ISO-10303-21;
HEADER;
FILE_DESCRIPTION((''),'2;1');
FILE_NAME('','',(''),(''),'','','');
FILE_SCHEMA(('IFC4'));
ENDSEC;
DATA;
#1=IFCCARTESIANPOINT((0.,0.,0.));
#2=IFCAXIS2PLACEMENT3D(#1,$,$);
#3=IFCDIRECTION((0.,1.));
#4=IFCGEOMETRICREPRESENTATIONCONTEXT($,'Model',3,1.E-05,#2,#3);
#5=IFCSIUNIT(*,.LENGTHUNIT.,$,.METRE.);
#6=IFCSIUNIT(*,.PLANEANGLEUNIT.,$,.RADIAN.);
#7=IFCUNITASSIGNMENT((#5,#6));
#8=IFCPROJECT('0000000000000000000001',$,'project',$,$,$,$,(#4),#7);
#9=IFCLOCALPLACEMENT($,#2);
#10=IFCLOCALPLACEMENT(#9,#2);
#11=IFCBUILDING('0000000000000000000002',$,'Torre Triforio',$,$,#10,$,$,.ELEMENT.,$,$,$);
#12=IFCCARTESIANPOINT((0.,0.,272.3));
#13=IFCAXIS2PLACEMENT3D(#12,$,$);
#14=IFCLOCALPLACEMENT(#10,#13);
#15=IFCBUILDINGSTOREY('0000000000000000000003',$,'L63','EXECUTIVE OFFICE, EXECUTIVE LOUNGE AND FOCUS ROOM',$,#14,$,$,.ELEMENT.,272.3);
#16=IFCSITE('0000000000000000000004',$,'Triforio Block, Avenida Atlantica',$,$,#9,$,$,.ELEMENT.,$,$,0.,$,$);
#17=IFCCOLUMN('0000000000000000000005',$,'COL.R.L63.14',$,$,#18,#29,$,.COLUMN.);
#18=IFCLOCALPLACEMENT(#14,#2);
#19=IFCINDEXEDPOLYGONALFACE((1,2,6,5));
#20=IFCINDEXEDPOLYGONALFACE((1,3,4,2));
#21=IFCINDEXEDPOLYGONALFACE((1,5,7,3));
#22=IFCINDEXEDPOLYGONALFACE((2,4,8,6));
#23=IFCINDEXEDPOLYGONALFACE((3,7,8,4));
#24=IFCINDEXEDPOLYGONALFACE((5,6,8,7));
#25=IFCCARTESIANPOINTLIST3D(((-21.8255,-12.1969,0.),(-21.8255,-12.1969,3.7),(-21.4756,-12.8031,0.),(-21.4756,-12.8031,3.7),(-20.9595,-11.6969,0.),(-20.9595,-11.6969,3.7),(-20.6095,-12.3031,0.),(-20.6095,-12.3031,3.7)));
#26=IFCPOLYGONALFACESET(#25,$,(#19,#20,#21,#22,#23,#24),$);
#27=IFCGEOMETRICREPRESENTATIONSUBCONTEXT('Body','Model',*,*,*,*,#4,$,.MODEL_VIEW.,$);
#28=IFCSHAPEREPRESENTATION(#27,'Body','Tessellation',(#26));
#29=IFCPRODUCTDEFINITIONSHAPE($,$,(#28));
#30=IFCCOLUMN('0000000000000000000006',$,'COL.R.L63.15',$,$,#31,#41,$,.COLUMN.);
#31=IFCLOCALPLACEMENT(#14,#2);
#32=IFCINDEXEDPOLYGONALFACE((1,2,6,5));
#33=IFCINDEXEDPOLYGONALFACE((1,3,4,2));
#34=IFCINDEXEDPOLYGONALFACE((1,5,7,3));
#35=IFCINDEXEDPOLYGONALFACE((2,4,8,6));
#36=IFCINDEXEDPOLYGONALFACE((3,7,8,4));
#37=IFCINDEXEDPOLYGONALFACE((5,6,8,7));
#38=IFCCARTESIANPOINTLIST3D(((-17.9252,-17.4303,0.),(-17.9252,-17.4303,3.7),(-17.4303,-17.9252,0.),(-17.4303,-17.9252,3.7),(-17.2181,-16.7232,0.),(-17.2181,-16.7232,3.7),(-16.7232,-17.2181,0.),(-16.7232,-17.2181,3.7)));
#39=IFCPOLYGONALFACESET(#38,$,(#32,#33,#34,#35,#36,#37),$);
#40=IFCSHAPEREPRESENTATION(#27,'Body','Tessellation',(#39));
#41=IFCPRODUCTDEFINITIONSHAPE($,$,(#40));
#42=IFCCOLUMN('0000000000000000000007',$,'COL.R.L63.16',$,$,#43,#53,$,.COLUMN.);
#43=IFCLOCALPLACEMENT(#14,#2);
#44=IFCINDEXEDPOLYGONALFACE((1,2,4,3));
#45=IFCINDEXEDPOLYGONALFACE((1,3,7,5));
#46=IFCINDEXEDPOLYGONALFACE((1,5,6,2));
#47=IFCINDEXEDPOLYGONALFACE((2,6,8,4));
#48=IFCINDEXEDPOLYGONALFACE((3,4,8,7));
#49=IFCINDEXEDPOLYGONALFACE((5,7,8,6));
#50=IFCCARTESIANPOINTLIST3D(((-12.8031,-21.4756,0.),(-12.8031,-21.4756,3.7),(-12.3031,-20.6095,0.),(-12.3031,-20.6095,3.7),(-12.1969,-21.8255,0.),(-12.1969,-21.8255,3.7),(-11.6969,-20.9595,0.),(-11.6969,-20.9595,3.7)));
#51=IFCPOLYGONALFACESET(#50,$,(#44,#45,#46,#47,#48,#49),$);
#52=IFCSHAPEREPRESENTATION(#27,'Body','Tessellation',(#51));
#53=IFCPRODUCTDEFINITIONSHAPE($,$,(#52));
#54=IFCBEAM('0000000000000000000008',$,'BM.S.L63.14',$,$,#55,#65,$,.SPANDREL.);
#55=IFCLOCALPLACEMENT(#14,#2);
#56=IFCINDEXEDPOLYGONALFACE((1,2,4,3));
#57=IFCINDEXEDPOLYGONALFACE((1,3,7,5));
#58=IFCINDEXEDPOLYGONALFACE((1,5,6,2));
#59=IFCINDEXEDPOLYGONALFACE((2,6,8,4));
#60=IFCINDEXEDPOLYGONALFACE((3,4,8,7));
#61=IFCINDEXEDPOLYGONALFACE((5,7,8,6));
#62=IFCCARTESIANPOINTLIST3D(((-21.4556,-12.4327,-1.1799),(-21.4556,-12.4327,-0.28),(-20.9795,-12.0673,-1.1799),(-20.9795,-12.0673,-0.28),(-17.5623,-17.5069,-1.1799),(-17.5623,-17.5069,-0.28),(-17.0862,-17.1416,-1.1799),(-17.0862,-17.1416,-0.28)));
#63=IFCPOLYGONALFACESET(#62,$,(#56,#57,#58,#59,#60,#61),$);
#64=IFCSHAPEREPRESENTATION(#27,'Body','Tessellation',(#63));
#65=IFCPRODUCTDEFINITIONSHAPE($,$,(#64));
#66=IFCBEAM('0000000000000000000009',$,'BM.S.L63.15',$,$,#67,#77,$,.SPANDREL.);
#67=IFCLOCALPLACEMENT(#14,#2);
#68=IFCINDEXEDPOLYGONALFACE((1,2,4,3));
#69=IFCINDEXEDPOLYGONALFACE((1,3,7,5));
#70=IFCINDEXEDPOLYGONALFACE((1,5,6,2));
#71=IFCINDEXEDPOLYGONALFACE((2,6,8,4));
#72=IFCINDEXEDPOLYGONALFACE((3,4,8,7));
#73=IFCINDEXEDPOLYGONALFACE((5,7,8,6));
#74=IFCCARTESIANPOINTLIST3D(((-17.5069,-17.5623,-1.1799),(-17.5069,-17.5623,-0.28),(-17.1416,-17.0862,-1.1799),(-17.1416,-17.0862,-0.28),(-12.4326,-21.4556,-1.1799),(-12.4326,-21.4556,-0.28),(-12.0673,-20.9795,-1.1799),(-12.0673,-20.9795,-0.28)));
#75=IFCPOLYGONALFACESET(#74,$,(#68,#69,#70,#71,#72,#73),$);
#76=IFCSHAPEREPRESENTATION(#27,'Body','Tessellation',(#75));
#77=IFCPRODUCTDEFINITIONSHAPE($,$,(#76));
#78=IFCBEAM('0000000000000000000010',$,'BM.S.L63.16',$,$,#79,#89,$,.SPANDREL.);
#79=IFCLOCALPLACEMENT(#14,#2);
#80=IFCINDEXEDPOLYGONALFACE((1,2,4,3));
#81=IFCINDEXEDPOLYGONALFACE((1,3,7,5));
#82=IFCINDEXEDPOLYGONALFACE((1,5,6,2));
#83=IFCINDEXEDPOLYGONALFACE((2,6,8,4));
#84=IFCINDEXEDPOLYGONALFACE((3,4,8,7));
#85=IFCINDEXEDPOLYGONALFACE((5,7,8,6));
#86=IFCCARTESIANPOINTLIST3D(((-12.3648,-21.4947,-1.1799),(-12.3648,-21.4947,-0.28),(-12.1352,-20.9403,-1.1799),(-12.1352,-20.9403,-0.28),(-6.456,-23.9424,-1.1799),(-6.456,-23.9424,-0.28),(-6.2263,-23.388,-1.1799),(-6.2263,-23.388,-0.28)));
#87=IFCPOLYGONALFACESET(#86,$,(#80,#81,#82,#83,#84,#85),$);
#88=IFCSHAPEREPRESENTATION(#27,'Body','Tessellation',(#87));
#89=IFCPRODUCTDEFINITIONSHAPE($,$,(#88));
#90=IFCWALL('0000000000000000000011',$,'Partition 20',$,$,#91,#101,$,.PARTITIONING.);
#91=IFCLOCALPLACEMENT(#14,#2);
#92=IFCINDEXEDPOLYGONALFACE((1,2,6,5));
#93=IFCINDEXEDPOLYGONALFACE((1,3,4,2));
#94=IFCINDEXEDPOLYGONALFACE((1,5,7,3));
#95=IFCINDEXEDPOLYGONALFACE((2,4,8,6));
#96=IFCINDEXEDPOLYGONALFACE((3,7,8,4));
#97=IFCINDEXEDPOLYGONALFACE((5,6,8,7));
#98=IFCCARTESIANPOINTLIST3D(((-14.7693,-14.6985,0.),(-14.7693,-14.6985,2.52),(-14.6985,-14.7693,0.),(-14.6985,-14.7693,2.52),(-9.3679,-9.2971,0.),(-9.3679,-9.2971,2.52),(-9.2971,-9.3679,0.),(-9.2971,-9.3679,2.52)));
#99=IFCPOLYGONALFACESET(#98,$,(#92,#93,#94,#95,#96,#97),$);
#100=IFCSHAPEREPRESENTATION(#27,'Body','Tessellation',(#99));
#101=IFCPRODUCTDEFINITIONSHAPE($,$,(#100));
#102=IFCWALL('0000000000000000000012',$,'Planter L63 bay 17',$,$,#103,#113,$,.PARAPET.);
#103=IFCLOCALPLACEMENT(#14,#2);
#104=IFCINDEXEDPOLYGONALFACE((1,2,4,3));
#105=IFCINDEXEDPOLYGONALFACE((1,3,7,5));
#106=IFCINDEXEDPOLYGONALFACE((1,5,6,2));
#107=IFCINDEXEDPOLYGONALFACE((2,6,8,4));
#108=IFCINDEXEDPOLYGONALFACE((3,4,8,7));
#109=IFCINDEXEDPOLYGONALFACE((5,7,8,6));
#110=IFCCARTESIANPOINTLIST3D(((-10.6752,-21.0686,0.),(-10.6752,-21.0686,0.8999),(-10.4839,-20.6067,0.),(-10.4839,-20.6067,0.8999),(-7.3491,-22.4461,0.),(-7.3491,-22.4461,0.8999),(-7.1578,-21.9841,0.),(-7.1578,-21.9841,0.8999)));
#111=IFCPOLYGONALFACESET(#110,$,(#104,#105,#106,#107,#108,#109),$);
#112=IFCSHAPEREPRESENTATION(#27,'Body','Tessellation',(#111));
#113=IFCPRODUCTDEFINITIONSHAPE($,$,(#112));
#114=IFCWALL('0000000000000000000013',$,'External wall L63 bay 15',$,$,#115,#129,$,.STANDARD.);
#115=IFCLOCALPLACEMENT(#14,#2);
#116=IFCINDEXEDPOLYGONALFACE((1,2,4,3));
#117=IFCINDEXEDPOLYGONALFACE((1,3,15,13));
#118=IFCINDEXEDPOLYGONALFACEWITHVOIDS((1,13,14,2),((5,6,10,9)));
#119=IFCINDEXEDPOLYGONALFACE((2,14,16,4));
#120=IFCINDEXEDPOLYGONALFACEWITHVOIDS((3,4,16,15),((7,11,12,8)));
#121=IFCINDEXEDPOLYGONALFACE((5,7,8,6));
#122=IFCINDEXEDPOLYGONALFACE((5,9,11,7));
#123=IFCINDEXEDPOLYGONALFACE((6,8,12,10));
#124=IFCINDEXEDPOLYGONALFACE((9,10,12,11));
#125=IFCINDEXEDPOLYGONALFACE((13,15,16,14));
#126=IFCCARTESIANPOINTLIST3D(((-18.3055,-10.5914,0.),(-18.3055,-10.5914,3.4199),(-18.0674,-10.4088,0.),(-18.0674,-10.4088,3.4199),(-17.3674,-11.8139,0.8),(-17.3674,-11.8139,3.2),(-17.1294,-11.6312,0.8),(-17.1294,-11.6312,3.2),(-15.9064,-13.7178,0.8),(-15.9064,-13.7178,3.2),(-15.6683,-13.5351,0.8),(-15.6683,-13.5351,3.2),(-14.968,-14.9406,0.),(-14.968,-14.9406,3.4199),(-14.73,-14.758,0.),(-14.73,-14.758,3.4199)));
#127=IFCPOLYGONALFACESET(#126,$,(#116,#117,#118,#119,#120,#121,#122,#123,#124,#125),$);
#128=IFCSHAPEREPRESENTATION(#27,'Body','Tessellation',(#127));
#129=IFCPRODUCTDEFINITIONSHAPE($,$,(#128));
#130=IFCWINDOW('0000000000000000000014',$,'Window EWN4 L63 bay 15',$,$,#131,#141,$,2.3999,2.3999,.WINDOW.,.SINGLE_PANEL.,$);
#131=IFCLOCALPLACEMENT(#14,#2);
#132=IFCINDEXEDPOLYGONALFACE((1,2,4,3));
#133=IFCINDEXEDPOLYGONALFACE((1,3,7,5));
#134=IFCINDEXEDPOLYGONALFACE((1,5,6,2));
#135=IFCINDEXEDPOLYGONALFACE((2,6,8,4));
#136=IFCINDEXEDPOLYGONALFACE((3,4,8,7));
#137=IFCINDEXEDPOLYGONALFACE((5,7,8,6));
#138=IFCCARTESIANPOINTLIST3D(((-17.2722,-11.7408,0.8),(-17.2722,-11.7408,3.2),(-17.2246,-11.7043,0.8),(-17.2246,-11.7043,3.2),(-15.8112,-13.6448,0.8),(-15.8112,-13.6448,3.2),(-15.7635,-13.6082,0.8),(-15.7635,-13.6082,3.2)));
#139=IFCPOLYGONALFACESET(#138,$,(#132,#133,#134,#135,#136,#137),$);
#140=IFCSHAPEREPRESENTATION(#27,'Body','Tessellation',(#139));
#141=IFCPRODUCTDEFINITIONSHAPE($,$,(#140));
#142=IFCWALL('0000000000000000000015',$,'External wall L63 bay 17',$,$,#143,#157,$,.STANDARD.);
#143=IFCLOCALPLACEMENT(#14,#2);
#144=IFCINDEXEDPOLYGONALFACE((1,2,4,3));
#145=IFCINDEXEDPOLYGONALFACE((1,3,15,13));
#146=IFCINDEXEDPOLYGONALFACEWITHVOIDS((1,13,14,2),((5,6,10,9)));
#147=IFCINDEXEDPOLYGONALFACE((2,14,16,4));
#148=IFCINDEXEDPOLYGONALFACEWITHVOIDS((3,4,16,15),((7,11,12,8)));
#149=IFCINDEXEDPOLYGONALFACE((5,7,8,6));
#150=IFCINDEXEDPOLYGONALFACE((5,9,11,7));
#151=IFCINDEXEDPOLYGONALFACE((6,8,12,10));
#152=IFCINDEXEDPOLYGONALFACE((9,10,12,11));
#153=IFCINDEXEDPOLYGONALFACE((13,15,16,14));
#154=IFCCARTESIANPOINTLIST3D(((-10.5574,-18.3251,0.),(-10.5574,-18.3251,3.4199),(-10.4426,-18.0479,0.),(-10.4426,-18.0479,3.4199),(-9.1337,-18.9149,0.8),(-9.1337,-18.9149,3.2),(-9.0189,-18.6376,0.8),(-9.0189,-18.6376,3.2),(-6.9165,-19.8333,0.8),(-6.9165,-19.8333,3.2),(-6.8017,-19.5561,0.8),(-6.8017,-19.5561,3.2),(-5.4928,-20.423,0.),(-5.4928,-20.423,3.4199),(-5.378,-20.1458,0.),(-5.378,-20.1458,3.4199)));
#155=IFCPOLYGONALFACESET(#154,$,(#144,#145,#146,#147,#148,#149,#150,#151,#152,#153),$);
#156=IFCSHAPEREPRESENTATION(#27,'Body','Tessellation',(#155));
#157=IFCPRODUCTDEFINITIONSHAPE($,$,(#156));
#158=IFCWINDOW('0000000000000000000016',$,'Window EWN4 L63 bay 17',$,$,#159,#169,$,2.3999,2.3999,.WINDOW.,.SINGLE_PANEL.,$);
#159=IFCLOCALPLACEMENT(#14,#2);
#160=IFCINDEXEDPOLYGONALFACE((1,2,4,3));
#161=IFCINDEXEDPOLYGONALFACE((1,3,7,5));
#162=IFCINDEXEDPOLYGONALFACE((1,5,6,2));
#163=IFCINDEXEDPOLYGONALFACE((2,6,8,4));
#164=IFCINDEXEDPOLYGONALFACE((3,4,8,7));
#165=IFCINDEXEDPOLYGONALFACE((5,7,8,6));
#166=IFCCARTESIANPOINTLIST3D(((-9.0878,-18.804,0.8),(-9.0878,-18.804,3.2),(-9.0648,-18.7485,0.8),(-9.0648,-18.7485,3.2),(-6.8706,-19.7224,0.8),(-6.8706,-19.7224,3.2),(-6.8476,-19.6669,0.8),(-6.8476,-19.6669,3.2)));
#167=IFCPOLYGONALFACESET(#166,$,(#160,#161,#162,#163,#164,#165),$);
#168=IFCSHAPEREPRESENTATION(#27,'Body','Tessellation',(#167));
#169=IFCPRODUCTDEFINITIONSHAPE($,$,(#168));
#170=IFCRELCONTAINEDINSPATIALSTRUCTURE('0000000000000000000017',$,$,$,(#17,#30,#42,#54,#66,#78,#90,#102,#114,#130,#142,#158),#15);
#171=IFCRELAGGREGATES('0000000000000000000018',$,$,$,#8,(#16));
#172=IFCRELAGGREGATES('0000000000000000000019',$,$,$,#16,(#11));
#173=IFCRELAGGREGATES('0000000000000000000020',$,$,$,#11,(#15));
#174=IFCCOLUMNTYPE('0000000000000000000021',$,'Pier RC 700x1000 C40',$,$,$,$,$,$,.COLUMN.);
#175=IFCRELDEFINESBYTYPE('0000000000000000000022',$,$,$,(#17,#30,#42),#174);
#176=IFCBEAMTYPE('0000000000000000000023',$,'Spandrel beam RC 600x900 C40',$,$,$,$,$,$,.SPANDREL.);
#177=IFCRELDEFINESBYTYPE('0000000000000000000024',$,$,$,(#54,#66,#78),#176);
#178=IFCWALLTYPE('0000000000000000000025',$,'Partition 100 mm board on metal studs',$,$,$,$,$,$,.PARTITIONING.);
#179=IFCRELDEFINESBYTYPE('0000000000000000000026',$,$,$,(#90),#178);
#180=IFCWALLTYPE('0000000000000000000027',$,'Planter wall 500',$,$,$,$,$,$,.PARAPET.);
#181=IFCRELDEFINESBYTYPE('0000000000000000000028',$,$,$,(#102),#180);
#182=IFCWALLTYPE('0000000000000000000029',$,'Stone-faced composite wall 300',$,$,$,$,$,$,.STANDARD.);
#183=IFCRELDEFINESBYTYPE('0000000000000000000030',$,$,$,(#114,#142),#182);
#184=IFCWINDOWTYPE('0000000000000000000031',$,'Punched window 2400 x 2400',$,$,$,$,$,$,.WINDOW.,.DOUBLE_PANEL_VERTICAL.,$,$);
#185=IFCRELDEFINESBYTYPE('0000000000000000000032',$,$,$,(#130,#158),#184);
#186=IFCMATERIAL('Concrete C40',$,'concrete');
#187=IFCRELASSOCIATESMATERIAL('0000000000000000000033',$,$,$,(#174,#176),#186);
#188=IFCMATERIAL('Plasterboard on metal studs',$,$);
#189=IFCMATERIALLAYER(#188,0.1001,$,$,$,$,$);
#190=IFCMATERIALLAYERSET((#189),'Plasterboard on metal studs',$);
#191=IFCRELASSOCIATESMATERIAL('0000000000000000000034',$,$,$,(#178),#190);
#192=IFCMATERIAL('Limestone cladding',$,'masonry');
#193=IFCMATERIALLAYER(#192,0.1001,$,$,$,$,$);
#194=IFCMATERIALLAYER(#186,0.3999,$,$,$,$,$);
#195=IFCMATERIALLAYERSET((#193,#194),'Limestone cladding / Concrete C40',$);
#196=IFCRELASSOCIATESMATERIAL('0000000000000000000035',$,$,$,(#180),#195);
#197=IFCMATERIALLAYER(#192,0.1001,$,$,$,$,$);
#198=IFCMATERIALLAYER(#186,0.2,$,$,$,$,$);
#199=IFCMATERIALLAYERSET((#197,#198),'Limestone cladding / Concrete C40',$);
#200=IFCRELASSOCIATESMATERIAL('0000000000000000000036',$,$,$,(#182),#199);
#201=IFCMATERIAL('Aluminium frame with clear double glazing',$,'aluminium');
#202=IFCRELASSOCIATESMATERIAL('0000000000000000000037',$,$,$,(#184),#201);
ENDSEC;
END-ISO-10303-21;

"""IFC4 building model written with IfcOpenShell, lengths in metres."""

from ifc_helpers import new_model, si_unit, direction, frame, frame_2d, origin, origin_2d, place, context, subcontext, project, spatial, rectangle, extrude, material, layer, layer_set, material_profile, profile_set, type_object, element, fill, save


model = new_model("IFC4")

# Units and contexts
model_context = context("Model", 3, precision=1e-05, world=origin(), true_north=direction((0.0, 1.0)))
body_context = subcontext(model_context, "Body", "Model", "MODEL_VIEW")
ifc_project = project(units=[si_unit("LENGTHUNIT", "METRE"), si_unit("PLANEANGLEUNIT", "RADIAN")], contexts=[model_context])

# Site, building, storey
site_placement = place(None, origin())
site = spatial("IfcSite", under=ifc_project, at=site_placement, Name="Triforio Block, Avenida Atlantica", CompositionType="ELEMENT", RefElevation=0.0)
building_placement = place(site_placement, origin())
building = spatial("IfcBuilding", under=site, at=building_placement, Name="Torre Triforio", CompositionType="ELEMENT")
storey_placement = place(building_placement, frame((0.0, 0.0, 272.3)))
storey = spatial("IfcBuildingStorey", under=building, at=storey_placement, Name="L63", Description="EXECUTIVE OFFICE, EXECUTIVE LOUNGE AND FOCUS ROOM", CompositionType="ELEMENT", Elevation=272.3)

# Columns
ifc_material_1 = material(Name="Concrete C40", Category="concrete")
ifc_material_profile_1 = material_profile(ifc_material_1, rectangle(XDim=0.7, YDim=1.0, at=origin_2d()), Name="RC 700x1000")
ifc_profile_set_1 = profile_set([ifc_material_profile_1], Name="Concrete C40")
column_type = type_object("IfcColumnType", Name="Pier RC 700x1000 C40", PredefinedType="COLUMN", material=ifc_profile_set_1)
for number, where, z_axis, x_axis, name in (
    (1, (-21.2175, -12.25, 0.0), (0.0, 0.0, 1.0), (0.5, -0.866025, 0.0), "COL.R.L63.14"),
    (2, (-17.3242, -17.3242, 0.0), (0.0, 0.0, 1.0), (0.707107, -0.707107, 0.0), "COL.R.L63.15"),
    (3, (-12.25, -21.2175, 0.0), (0.0, 0.0, 1.0), (0.866025, -0.5, 0.0), "COL.R.L63.16"),
):
    element("IfcColumn", number, at=place(storey_placement, frame(where, z_axis=z_axis, x_axis=x_axis)), inside=storey, type_object=column_type, Name=name, PredefinedType="COLUMN", context=body_context, shape_type="SweptSolid", body=[
        extrude(rectangle(XDim=0.7, YDim=1.0, at=origin_2d()), origin(), (0.0, 0.0, 1.0), 3.7),
    ])

# Beams
ifc_material_profile_2 = material_profile(ifc_material_1, rectangle(XDim=0.6001, YDim=0.8999, at=origin_2d()), Name="RC 600x900")
ifc_profile_set_2 = profile_set([ifc_material_profile_2], Name="Concrete C40")
beam_type = type_object("IfcBeamType", Name="Spandrel beam RC 600x900 C40", PredefinedType="SPANDREL", material=ifc_profile_set_2)
for number, where, z_axis, x_axis, name in (
    (4, (-21.2175, -12.25, -0.73), (0.608734, -0.793374, 0.0), (0.793374, 0.608734, 0.0), "BM.S.L63.14"),
    (5, (-17.3242, -17.3242, -0.73), (0.793374, -0.608734, 0.0), (0.608734, 0.793374, 0.0), "BM.S.L63.15"),
    (6, (-12.25, -21.2175, -0.73), (0.923869, -0.382709, 0.0), (0.382709, 0.923869, 0.0), "BM.S.L63.16"),
):
    element("IfcBeam", number, at=place(storey_placement, frame(where, z_axis=z_axis, x_axis=x_axis)), inside=storey, type_object=beam_type, Name=name, PredefinedType="SPANDREL", context=body_context, shape_type="SweptSolid", body=[
        extrude(rectangle(XDim=0.6001, YDim=0.8999, at=origin_2d()), origin(), (0.0, 0.0, 1.0), 6.3958),
    ])

# Walls
ifc_material_2 = material(Name="Plasterboard on metal studs")
ifc_layer_1 = layer(ifc_material_2, 0.1001)
ifc_layer_set_1 = layer_set([ifc_layer_1], Name="Plasterboard on metal studs")
wall_type_1 = type_object("IfcWallType", Name="Partition 100 mm board on metal studs", PredefinedType="PARTITIONING", material=ifc_layer_set_1)
wall_1_placement = place(storey_placement, frame((-9.3325, -9.3325, 0.0), z_axis=(0.0, 0.0, 1.0), x_axis=(-0.707107, -0.707107, 0.0)))
element("IfcWall", 7, at=wall_1_placement, inside=storey, type_object=wall_type_1, Name="Partition 20", PredefinedType="PARTITIONING", context=body_context, shape_type="SweptSolid", body=[
    extrude(rectangle(XDim=7.6387, YDim=0.1001, at=frame_2d((3.8193, 0.0))), origin(), (0.0, 0.0, 1.0), 2.52),
])
ifc_material_3 = material(Name="Limestone cladding", Category="masonry")
ifc_layer_2 = layer(ifc_material_3, 0.1001)
ifc_layer_3 = layer(ifc_material_1, 0.3999)
ifc_layer_set_2 = layer_set([ifc_layer_2, ifc_layer_3], Name="Limestone cladding / Concrete C40")
wall_type_2 = type_object("IfcWallType", Name="Planter wall 500", PredefinedType="PARAPET", material=ifc_layer_set_2)
wall_2_placement = place(storey_placement, frame((-10.5796, -20.8376, 0.0), z_axis=(0.0, 0.0, 1.0), x_axis=(0.923909, -0.382611, 0.0)))
element("IfcWall", 8, at=wall_2_placement, inside=storey, type_object=wall_type_2, Name="Planter L63 bay 17", PredefinedType="PARAPET", context=body_context, shape_type="SweptSolid", body=[
    extrude(rectangle(XDim=3.6001, YDim=0.5, at=frame_2d((1.8, 0.0))), origin(), (0.0, 0.0, 1.0), 0.8999),
])

# Wall, opening, window
ifc_layer_4 = layer(ifc_material_3, 0.1001)
ifc_layer_5 = layer(ifc_material_1, 0.2)
ifc_layer_set_3 = layer_set([ifc_layer_4, ifc_layer_5], Name="Limestone cladding / Concrete C40")
wall_type_3 = type_object("IfcWallType", Name="Stone-faced composite wall 300", PredefinedType="STANDARD", material=ifc_layer_set_3)
wall_3_placement = place(storey_placement, frame((-18.1865, -10.5, 0.0), z_axis=(0.0, 0.0, 1.0), x_axis=(0.608785, -0.793335, 0.0)))
wall_3 = element("IfcWall", 9, at=wall_3_placement, inside=storey, type_object=wall_type_3, Name="External wall L63 bay 15", PredefinedType="STANDARD", context=body_context, shape_type="SweptSolid", body=[
    extrude(rectangle(XDim=5.4822, YDim=0.3, at=frame_2d((2.7412, 0.0))), origin(), (0.0, 0.0, 1.0), 3.4199),
])
opening_1_placement = place(wall_3_placement, frame((1.541, 0.0, 0.8)))
opening_1 = element("IfcOpeningElement", 10, at=opening_1_placement, cuts=wall_3, PredefinedType="OPENING", context=body_context, shape_type="SweptSolid", body=[
    extrude(rectangle(XDim=2.3999, YDim=2.3999, at=frame_2d((1.2, 1.2))), frame((0.0, 0.1599, 0.0), z_axis=(0.0, -1.0, 0.0), x_axis=(1.0, 0.0, 0.0)), (0.0, 0.0, 1.0), 0.3201),
])
ifc_material_4 = material(Name="Aluminium frame with clear double glazing", Category="aluminium")
window_type_1 = type_object("IfcWindowType", Name="Punched window 2400 x 2400", PartitioningType="DOUBLE_PANEL_VERTICAL", PredefinedType="WINDOW", material=ifc_material_4)
window_1_placement = place(opening_1_placement, origin())
window_1 = element("IfcWindow", 11, at=window_1_placement, inside=storey, type_object=window_type_1, Name="Window EWN4 L63 bay 15", OverallHeight=2.3999, OverallWidth=2.3999, PartitioningType="SINGLE_PANEL", PredefinedType="WINDOW", context=body_context, shape_type="SweptSolid", body=[
    extrude(rectangle(XDim=2.3999, YDim=2.3999, at=frame_2d((1.2, 1.2))), frame((0.0, 0.03, 0.0), z_axis=(0.0, -1.0, 0.0), x_axis=(1.0, 0.0, 0.0)), (0.0, 0.0, 1.0), 0.0601),
])
fill(opening_1, window_1)

# Wall, opening, window
wall_4_placement = place(storey_placement, frame((-10.5, -18.1865, 0.0), z_axis=(0.0, 0.0, 1.0), x_axis=(0.923877, -0.382689, 0.0)))
wall_4 = element("IfcWall", 12, at=wall_4_placement, inside=storey, type_object=wall_type_3, Name="External wall L63 bay 17", PredefinedType="STANDARD", context=body_context, shape_type="SweptSolid", body=[
    extrude(rectangle(XDim=5.4819, YDim=0.3, at=frame_2d((2.741, 0.0))), origin(), (0.0, 0.0, 1.0), 3.4199),
])
opening_2_placement = place(wall_4_placement, frame((1.541, 0.0, 0.8)))
opening_2 = element("IfcOpeningElement", 13, at=opening_2_placement, cuts=wall_4, PredefinedType="OPENING", context=body_context, shape_type="SweptSolid", body=[
    extrude(rectangle(XDim=2.3999, YDim=2.3999, at=frame_2d((1.2, 1.2))), frame((0.0, 0.1599, 0.0), z_axis=(0.0, -1.0, 0.0), x_axis=(1.0, 0.0, 0.0)), (0.0, 0.0, 1.0), 0.3201),
])
window_2_placement = place(opening_2_placement, origin())
window_2 = element("IfcWindow", 14, at=window_2_placement, inside=storey, type_object=window_type_1, Name="Window EWN4 L63 bay 17", OverallHeight=2.3999, OverallWidth=2.3999, PartitioningType="SINGLE_PANEL", PredefinedType="WINDOW", context=body_context, shape_type="SweptSolid", body=[
    extrude(rectangle(XDim=2.3999, YDim=2.3999, at=frame_2d((1.2, 1.2))), frame((0.0, 0.03, 0.0), z_axis=(0.0, -1.0, 0.0), x_axis=(1.0, 0.0, 0.0)), (0.0, 0.0, 1.0), 0.0601),
])
fill(opening_2, window_2)

save(model, "model.ifc")
